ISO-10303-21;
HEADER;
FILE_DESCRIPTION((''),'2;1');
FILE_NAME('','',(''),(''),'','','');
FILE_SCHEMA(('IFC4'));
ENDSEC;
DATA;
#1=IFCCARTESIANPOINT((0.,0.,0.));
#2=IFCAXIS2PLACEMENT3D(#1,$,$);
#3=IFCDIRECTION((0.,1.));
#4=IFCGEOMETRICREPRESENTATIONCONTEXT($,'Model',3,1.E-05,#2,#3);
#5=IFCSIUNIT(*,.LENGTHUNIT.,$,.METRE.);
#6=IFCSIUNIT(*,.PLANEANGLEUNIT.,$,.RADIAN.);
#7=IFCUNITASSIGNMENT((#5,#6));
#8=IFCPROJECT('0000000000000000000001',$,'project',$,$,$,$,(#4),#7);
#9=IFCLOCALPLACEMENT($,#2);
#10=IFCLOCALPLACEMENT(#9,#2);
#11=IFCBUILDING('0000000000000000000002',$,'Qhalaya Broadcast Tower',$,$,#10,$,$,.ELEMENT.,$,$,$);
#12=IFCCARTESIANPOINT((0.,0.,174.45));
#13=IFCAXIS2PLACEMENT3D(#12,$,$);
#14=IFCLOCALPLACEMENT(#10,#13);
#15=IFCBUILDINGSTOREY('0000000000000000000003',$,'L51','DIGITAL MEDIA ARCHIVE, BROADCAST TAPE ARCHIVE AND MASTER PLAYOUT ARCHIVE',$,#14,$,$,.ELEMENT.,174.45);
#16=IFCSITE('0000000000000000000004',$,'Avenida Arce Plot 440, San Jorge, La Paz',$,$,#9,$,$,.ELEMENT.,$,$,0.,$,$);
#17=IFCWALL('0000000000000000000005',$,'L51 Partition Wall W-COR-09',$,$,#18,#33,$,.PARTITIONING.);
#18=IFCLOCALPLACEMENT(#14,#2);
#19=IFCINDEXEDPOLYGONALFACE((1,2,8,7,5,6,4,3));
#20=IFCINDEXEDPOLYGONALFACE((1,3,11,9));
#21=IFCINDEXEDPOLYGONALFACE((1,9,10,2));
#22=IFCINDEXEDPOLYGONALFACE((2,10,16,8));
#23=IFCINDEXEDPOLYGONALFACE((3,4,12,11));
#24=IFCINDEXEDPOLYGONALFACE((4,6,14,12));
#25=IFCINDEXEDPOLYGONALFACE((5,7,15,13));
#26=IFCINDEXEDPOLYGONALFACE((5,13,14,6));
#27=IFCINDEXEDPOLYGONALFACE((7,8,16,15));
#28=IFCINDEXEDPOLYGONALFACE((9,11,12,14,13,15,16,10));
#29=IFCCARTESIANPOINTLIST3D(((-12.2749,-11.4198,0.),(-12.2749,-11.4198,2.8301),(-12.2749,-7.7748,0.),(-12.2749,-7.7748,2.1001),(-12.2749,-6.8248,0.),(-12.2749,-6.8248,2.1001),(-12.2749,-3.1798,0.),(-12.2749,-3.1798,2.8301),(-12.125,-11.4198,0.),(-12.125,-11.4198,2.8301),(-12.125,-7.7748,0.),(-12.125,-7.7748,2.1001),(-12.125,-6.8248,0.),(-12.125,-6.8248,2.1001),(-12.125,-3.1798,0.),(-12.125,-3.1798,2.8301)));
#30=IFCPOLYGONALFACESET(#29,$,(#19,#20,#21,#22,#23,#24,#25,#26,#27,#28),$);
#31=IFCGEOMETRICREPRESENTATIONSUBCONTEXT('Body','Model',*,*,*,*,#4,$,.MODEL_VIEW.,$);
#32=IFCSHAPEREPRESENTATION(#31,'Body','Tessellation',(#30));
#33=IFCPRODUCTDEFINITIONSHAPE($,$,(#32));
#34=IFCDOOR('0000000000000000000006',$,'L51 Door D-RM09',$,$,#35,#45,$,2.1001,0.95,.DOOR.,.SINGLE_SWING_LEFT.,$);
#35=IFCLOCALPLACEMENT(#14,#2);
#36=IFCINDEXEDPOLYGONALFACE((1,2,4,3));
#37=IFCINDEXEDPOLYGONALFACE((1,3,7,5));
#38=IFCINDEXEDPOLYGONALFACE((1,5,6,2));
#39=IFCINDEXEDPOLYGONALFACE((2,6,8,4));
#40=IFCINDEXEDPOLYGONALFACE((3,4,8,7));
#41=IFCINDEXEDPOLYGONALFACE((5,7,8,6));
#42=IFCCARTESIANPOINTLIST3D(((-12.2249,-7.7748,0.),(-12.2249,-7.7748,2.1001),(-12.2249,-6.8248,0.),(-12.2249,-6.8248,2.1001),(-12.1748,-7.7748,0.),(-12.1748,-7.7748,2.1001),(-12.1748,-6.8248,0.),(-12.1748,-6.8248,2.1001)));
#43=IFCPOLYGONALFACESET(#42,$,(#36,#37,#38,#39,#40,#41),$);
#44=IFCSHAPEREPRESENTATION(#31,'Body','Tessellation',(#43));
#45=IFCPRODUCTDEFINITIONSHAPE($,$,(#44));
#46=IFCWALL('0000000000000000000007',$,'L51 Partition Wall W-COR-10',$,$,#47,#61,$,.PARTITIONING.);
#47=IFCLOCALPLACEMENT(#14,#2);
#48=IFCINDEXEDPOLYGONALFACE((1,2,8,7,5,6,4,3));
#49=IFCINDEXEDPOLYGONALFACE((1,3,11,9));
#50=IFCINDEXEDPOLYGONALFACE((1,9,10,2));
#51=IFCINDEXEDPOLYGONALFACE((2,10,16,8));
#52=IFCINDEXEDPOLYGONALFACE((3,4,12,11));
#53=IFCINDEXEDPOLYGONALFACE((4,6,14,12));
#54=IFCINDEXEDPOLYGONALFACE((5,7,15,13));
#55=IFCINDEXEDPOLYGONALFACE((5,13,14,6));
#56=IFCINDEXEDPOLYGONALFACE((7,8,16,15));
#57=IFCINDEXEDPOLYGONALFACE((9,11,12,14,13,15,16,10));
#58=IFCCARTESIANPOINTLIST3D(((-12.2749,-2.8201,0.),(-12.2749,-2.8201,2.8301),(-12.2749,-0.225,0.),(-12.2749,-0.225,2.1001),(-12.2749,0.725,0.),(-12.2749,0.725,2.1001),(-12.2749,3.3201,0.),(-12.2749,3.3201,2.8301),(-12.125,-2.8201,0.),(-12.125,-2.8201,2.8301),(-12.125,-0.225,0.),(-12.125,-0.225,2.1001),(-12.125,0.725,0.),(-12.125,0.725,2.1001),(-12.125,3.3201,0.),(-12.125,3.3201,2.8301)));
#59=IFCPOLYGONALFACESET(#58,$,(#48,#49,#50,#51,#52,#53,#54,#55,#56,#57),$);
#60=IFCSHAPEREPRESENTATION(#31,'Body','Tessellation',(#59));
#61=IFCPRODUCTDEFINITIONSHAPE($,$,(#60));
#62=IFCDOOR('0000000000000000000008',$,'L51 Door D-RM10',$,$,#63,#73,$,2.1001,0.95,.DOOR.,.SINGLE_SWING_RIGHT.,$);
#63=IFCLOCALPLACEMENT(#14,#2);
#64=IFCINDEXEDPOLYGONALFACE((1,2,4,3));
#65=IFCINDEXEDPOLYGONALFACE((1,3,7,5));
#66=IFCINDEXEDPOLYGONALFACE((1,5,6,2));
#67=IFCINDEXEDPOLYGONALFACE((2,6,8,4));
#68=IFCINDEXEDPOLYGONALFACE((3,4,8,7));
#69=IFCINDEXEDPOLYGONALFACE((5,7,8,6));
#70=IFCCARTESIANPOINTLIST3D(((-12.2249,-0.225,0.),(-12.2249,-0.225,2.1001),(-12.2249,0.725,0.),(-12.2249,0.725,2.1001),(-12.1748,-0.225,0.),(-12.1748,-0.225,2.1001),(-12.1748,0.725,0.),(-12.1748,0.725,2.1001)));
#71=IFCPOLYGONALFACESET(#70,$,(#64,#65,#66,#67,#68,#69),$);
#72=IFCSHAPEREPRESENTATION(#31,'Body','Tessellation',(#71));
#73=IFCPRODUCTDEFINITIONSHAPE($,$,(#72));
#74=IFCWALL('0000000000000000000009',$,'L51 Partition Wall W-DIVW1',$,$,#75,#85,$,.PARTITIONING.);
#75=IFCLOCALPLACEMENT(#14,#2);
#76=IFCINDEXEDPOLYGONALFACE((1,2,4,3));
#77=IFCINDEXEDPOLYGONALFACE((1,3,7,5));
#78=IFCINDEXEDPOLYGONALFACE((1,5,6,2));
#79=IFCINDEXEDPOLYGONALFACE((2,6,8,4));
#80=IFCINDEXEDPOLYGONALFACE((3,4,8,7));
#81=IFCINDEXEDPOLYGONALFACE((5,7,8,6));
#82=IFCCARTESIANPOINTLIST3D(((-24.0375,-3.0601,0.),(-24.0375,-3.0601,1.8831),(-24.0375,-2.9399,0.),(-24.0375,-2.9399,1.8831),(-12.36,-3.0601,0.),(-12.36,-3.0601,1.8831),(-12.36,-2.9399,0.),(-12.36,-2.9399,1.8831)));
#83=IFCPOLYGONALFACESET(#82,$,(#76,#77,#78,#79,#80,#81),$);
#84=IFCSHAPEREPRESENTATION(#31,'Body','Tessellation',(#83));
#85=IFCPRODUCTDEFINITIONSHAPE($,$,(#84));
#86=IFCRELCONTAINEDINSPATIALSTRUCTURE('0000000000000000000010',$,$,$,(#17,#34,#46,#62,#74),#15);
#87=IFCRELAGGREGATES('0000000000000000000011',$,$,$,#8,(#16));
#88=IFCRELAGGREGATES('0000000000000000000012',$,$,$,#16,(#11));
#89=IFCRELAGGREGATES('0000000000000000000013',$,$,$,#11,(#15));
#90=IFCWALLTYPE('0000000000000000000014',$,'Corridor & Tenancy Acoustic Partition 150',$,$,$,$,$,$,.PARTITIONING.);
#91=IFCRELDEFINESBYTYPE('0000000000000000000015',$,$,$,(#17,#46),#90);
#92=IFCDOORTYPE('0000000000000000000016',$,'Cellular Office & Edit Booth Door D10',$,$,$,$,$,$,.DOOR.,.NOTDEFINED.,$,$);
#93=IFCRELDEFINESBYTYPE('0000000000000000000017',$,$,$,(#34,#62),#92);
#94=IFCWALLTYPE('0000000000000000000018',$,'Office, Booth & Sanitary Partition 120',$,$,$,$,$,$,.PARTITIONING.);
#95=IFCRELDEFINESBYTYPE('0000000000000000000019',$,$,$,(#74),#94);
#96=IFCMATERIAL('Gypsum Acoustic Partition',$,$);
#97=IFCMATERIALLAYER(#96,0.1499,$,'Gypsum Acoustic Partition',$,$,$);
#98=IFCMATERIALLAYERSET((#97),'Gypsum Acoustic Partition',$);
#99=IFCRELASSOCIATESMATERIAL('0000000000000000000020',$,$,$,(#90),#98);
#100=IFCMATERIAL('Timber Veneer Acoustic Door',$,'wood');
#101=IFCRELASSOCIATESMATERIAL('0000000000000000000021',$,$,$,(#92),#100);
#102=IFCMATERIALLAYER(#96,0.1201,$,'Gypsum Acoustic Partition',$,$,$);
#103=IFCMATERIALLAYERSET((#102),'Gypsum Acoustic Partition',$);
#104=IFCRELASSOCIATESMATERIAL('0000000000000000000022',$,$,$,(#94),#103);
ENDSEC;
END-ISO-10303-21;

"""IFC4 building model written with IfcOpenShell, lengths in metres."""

from ifc_helpers import new_model, si_unit, direction, frame, frame_2d, origin, place, context, subcontext, project, spatial, rectangle, extrude, material, layer, layer_set, type_object, element, fill, save


model = new_model("IFC4")

# Units and contexts
model_context = context("Model", 3, precision=1e-05, world=origin(), true_north=direction((0.0, 1.0)))
body_context = subcontext(model_context, "Body", "Model", "MODEL_VIEW")
ifc_project = project(units=[si_unit("LENGTHUNIT", "METRE"), si_unit("PLANEANGLEUNIT", "RADIAN")], contexts=[model_context])

# Site, building, storey
site_placement = place(None, origin())
site = spatial("IfcSite", under=ifc_project, at=site_placement, Name="Avenida Arce Plot 440, San Jorge, La Paz", CompositionType="ELEMENT", RefElevation=0.0)
building_placement = place(site_placement, origin())
building = spatial("IfcBuilding", under=site, at=building_placement, Name="Qhalaya Broadcast Tower", CompositionType="ELEMENT")
storey_placement = place(building_placement, frame((0.0, 0.0, 174.45)))
storey = spatial("IfcBuildingStorey", under=building, at=storey_placement, Name="L51", Description="DIGITAL MEDIA ARCHIVE, BROADCAST TAPE ARCHIVE AND MASTER PLAYOUT ARCHIVE", CompositionType="ELEMENT", Elevation=174.45)

# Walls, openings, doors
ifc_material_1 = material(Name="Gypsum Acoustic Partition")
ifc_layer_1 = layer(ifc_material_1, 0.1499, Name="Gypsum Acoustic Partition")
ifc_layer_set_1 = layer_set([ifc_layer_1], Name="Gypsum Acoustic Partition")
wall_type_1 = type_object("IfcWallType", Name="Corridor & Tenancy Acoustic Partition 150", PredefinedType="PARTITIONING", material=ifc_layer_set_1)
wall_1_placement = place(storey_placement, frame((-12.2, -11.4199, 0.0), z_axis=(0.0, 0.0, 1.0), x_axis=(0.0, 1.0, 0.0)))
wall_1 = element("IfcWall", 1, at=wall_1_placement, inside=storey, type_object=wall_type_1, Name="L51 Partition Wall W-COR-09", PredefinedType="PARTITIONING", context=body_context, shape_type="SweptSolid", body=[
    extrude(rectangle(XDim=8.24, YDim=0.1499, at=frame_2d((4.1201, 0.0))), origin(), (0.0, 0.0, 1.0), 2.8301),
])
opening_1_placement = place(wall_1_placement, frame((3.645, 0.0, 0.0)))
opening_1 = element("IfcOpeningElement", 2, at=opening_1_placement, cuts=wall_1, PredefinedType="OPENING", context=body_context, shape_type="SweptSolid", body=[
    extrude(rectangle(XDim=0.95, YDim=2.1001, at=frame_2d((0.4751, 1.05))), frame((0.0, 0.0869, 0.0), z_axis=(0.0, -1.0, 0.0), x_axis=(1.0, 0.0, 0.0)), (0.0, 0.0, 1.0), 0.1738),
])
ifc_material_2 = material(Name="Timber Veneer Acoustic Door", Category="wood")
door_type = type_object("IfcDoorType", Name="Cellular Office & Edit Booth Door D10", OperationType="NOTDEFINED", PredefinedType="DOOR", material=ifc_material_2)
door_1_placement = place(opening_1_placement, origin())
door_1 = element("IfcDoor", 3, at=door_1_placement, inside=storey, type_object=door_type, Name="L51 Door D-RM09", OperationType="SINGLE_SWING_LEFT", OverallHeight=2.1001, OverallWidth=0.95, PredefinedType="DOOR", context=body_context, shape_type="SweptSolid", body=[
    extrude(rectangle(XDim=0.95, YDim=2.1001, at=frame_2d((0.4751, 1.05))), frame((0.0, 0.0249, 0.0), z_axis=(0.0, -1.0, 0.0), x_axis=(1.0, 0.0, 0.0)), (0.0, 0.0, 1.0), 0.05),
])
fill(opening_1, door_1)
wall_2_placement = place(storey_placement, frame((-12.2, -2.8201, 0.0), z_axis=(0.0, 0.0, 1.0), x_axis=(0.0, 1.0, 0.0)))
wall_2 = element("IfcWall", 4, at=wall_2_placement, inside=storey, type_object=wall_type_1, Name="L51 Partition Wall W-COR-10", PredefinedType="PARTITIONING", context=body_context, shape_type="SweptSolid", body=[
    extrude(rectangle(XDim=6.1401, YDim=0.1499, at=frame_2d((3.0701, 0.0))), origin(), (0.0, 0.0, 1.0), 2.8301),
])
opening_2_placement = place(wall_2_placement, frame((2.595, 0.0, 0.0)))
opening_2 = element("IfcOpeningElement", 5, at=opening_2_placement, cuts=wall_2, PredefinedType="OPENING", context=body_context, shape_type="SweptSolid", body=[
    extrude(rectangle(XDim=0.95, YDim=2.1001, at=frame_2d((0.4751, 1.05))), frame((0.0, 0.0869, 0.0), z_axis=(0.0, -1.0, 0.0), x_axis=(1.0, 0.0, 0.0)), (0.0, 0.0, 1.0), 0.1738),
])
door_2_placement = place(opening_2_placement, origin())
door_2 = element("IfcDoor", 6, at=door_2_placement, inside=storey, type_object=door_type, Name="L51 Door D-RM10", OperationType="SINGLE_SWING_RIGHT", OverallHeight=2.1001, OverallWidth=0.95, PredefinedType="DOOR", context=body_context, shape_type="SweptSolid", body=[
    extrude(rectangle(XDim=0.95, YDim=2.1001, at=frame_2d((0.4751, 1.05))), frame((0.0, 0.0249, 0.0), z_axis=(0.0, -1.0, 0.0), x_axis=(1.0, 0.0, 0.0)), (0.0, 0.0, 1.0), 0.05),
])
fill(opening_2, door_2)

# Wall
ifc_layer_2 = layer(ifc_material_1, 0.1201, Name="Gypsum Acoustic Partition")
ifc_layer_set_2 = layer_set([ifc_layer_2], Name="Gypsum Acoustic Partition")
wall_type_2 = type_object("IfcWallType", Name="Office, Booth & Sanitary Partition 120", PredefinedType="PARTITIONING", material=ifc_layer_set_2)
wall_3_placement = place(storey_placement, frame((-24.0376, -3.0, 0.0), z_axis=(0.0, 0.0, 1.0), x_axis=(1.0, 0.0, 0.0)))
element("IfcWall", 7, at=wall_3_placement, inside=storey, type_object=wall_type_2, Name="L51 Partition Wall W-DIVW1", PredefinedType="PARTITIONING", context=body_context, shape_type="SweptSolid", body=[
    extrude(rectangle(XDim=11.6775, YDim=0.1201, at=frame_2d((5.8389, 0.0))), origin(), (0.0, 0.0, 1.0), 1.8831),
])

save(model, "model.ifc")
